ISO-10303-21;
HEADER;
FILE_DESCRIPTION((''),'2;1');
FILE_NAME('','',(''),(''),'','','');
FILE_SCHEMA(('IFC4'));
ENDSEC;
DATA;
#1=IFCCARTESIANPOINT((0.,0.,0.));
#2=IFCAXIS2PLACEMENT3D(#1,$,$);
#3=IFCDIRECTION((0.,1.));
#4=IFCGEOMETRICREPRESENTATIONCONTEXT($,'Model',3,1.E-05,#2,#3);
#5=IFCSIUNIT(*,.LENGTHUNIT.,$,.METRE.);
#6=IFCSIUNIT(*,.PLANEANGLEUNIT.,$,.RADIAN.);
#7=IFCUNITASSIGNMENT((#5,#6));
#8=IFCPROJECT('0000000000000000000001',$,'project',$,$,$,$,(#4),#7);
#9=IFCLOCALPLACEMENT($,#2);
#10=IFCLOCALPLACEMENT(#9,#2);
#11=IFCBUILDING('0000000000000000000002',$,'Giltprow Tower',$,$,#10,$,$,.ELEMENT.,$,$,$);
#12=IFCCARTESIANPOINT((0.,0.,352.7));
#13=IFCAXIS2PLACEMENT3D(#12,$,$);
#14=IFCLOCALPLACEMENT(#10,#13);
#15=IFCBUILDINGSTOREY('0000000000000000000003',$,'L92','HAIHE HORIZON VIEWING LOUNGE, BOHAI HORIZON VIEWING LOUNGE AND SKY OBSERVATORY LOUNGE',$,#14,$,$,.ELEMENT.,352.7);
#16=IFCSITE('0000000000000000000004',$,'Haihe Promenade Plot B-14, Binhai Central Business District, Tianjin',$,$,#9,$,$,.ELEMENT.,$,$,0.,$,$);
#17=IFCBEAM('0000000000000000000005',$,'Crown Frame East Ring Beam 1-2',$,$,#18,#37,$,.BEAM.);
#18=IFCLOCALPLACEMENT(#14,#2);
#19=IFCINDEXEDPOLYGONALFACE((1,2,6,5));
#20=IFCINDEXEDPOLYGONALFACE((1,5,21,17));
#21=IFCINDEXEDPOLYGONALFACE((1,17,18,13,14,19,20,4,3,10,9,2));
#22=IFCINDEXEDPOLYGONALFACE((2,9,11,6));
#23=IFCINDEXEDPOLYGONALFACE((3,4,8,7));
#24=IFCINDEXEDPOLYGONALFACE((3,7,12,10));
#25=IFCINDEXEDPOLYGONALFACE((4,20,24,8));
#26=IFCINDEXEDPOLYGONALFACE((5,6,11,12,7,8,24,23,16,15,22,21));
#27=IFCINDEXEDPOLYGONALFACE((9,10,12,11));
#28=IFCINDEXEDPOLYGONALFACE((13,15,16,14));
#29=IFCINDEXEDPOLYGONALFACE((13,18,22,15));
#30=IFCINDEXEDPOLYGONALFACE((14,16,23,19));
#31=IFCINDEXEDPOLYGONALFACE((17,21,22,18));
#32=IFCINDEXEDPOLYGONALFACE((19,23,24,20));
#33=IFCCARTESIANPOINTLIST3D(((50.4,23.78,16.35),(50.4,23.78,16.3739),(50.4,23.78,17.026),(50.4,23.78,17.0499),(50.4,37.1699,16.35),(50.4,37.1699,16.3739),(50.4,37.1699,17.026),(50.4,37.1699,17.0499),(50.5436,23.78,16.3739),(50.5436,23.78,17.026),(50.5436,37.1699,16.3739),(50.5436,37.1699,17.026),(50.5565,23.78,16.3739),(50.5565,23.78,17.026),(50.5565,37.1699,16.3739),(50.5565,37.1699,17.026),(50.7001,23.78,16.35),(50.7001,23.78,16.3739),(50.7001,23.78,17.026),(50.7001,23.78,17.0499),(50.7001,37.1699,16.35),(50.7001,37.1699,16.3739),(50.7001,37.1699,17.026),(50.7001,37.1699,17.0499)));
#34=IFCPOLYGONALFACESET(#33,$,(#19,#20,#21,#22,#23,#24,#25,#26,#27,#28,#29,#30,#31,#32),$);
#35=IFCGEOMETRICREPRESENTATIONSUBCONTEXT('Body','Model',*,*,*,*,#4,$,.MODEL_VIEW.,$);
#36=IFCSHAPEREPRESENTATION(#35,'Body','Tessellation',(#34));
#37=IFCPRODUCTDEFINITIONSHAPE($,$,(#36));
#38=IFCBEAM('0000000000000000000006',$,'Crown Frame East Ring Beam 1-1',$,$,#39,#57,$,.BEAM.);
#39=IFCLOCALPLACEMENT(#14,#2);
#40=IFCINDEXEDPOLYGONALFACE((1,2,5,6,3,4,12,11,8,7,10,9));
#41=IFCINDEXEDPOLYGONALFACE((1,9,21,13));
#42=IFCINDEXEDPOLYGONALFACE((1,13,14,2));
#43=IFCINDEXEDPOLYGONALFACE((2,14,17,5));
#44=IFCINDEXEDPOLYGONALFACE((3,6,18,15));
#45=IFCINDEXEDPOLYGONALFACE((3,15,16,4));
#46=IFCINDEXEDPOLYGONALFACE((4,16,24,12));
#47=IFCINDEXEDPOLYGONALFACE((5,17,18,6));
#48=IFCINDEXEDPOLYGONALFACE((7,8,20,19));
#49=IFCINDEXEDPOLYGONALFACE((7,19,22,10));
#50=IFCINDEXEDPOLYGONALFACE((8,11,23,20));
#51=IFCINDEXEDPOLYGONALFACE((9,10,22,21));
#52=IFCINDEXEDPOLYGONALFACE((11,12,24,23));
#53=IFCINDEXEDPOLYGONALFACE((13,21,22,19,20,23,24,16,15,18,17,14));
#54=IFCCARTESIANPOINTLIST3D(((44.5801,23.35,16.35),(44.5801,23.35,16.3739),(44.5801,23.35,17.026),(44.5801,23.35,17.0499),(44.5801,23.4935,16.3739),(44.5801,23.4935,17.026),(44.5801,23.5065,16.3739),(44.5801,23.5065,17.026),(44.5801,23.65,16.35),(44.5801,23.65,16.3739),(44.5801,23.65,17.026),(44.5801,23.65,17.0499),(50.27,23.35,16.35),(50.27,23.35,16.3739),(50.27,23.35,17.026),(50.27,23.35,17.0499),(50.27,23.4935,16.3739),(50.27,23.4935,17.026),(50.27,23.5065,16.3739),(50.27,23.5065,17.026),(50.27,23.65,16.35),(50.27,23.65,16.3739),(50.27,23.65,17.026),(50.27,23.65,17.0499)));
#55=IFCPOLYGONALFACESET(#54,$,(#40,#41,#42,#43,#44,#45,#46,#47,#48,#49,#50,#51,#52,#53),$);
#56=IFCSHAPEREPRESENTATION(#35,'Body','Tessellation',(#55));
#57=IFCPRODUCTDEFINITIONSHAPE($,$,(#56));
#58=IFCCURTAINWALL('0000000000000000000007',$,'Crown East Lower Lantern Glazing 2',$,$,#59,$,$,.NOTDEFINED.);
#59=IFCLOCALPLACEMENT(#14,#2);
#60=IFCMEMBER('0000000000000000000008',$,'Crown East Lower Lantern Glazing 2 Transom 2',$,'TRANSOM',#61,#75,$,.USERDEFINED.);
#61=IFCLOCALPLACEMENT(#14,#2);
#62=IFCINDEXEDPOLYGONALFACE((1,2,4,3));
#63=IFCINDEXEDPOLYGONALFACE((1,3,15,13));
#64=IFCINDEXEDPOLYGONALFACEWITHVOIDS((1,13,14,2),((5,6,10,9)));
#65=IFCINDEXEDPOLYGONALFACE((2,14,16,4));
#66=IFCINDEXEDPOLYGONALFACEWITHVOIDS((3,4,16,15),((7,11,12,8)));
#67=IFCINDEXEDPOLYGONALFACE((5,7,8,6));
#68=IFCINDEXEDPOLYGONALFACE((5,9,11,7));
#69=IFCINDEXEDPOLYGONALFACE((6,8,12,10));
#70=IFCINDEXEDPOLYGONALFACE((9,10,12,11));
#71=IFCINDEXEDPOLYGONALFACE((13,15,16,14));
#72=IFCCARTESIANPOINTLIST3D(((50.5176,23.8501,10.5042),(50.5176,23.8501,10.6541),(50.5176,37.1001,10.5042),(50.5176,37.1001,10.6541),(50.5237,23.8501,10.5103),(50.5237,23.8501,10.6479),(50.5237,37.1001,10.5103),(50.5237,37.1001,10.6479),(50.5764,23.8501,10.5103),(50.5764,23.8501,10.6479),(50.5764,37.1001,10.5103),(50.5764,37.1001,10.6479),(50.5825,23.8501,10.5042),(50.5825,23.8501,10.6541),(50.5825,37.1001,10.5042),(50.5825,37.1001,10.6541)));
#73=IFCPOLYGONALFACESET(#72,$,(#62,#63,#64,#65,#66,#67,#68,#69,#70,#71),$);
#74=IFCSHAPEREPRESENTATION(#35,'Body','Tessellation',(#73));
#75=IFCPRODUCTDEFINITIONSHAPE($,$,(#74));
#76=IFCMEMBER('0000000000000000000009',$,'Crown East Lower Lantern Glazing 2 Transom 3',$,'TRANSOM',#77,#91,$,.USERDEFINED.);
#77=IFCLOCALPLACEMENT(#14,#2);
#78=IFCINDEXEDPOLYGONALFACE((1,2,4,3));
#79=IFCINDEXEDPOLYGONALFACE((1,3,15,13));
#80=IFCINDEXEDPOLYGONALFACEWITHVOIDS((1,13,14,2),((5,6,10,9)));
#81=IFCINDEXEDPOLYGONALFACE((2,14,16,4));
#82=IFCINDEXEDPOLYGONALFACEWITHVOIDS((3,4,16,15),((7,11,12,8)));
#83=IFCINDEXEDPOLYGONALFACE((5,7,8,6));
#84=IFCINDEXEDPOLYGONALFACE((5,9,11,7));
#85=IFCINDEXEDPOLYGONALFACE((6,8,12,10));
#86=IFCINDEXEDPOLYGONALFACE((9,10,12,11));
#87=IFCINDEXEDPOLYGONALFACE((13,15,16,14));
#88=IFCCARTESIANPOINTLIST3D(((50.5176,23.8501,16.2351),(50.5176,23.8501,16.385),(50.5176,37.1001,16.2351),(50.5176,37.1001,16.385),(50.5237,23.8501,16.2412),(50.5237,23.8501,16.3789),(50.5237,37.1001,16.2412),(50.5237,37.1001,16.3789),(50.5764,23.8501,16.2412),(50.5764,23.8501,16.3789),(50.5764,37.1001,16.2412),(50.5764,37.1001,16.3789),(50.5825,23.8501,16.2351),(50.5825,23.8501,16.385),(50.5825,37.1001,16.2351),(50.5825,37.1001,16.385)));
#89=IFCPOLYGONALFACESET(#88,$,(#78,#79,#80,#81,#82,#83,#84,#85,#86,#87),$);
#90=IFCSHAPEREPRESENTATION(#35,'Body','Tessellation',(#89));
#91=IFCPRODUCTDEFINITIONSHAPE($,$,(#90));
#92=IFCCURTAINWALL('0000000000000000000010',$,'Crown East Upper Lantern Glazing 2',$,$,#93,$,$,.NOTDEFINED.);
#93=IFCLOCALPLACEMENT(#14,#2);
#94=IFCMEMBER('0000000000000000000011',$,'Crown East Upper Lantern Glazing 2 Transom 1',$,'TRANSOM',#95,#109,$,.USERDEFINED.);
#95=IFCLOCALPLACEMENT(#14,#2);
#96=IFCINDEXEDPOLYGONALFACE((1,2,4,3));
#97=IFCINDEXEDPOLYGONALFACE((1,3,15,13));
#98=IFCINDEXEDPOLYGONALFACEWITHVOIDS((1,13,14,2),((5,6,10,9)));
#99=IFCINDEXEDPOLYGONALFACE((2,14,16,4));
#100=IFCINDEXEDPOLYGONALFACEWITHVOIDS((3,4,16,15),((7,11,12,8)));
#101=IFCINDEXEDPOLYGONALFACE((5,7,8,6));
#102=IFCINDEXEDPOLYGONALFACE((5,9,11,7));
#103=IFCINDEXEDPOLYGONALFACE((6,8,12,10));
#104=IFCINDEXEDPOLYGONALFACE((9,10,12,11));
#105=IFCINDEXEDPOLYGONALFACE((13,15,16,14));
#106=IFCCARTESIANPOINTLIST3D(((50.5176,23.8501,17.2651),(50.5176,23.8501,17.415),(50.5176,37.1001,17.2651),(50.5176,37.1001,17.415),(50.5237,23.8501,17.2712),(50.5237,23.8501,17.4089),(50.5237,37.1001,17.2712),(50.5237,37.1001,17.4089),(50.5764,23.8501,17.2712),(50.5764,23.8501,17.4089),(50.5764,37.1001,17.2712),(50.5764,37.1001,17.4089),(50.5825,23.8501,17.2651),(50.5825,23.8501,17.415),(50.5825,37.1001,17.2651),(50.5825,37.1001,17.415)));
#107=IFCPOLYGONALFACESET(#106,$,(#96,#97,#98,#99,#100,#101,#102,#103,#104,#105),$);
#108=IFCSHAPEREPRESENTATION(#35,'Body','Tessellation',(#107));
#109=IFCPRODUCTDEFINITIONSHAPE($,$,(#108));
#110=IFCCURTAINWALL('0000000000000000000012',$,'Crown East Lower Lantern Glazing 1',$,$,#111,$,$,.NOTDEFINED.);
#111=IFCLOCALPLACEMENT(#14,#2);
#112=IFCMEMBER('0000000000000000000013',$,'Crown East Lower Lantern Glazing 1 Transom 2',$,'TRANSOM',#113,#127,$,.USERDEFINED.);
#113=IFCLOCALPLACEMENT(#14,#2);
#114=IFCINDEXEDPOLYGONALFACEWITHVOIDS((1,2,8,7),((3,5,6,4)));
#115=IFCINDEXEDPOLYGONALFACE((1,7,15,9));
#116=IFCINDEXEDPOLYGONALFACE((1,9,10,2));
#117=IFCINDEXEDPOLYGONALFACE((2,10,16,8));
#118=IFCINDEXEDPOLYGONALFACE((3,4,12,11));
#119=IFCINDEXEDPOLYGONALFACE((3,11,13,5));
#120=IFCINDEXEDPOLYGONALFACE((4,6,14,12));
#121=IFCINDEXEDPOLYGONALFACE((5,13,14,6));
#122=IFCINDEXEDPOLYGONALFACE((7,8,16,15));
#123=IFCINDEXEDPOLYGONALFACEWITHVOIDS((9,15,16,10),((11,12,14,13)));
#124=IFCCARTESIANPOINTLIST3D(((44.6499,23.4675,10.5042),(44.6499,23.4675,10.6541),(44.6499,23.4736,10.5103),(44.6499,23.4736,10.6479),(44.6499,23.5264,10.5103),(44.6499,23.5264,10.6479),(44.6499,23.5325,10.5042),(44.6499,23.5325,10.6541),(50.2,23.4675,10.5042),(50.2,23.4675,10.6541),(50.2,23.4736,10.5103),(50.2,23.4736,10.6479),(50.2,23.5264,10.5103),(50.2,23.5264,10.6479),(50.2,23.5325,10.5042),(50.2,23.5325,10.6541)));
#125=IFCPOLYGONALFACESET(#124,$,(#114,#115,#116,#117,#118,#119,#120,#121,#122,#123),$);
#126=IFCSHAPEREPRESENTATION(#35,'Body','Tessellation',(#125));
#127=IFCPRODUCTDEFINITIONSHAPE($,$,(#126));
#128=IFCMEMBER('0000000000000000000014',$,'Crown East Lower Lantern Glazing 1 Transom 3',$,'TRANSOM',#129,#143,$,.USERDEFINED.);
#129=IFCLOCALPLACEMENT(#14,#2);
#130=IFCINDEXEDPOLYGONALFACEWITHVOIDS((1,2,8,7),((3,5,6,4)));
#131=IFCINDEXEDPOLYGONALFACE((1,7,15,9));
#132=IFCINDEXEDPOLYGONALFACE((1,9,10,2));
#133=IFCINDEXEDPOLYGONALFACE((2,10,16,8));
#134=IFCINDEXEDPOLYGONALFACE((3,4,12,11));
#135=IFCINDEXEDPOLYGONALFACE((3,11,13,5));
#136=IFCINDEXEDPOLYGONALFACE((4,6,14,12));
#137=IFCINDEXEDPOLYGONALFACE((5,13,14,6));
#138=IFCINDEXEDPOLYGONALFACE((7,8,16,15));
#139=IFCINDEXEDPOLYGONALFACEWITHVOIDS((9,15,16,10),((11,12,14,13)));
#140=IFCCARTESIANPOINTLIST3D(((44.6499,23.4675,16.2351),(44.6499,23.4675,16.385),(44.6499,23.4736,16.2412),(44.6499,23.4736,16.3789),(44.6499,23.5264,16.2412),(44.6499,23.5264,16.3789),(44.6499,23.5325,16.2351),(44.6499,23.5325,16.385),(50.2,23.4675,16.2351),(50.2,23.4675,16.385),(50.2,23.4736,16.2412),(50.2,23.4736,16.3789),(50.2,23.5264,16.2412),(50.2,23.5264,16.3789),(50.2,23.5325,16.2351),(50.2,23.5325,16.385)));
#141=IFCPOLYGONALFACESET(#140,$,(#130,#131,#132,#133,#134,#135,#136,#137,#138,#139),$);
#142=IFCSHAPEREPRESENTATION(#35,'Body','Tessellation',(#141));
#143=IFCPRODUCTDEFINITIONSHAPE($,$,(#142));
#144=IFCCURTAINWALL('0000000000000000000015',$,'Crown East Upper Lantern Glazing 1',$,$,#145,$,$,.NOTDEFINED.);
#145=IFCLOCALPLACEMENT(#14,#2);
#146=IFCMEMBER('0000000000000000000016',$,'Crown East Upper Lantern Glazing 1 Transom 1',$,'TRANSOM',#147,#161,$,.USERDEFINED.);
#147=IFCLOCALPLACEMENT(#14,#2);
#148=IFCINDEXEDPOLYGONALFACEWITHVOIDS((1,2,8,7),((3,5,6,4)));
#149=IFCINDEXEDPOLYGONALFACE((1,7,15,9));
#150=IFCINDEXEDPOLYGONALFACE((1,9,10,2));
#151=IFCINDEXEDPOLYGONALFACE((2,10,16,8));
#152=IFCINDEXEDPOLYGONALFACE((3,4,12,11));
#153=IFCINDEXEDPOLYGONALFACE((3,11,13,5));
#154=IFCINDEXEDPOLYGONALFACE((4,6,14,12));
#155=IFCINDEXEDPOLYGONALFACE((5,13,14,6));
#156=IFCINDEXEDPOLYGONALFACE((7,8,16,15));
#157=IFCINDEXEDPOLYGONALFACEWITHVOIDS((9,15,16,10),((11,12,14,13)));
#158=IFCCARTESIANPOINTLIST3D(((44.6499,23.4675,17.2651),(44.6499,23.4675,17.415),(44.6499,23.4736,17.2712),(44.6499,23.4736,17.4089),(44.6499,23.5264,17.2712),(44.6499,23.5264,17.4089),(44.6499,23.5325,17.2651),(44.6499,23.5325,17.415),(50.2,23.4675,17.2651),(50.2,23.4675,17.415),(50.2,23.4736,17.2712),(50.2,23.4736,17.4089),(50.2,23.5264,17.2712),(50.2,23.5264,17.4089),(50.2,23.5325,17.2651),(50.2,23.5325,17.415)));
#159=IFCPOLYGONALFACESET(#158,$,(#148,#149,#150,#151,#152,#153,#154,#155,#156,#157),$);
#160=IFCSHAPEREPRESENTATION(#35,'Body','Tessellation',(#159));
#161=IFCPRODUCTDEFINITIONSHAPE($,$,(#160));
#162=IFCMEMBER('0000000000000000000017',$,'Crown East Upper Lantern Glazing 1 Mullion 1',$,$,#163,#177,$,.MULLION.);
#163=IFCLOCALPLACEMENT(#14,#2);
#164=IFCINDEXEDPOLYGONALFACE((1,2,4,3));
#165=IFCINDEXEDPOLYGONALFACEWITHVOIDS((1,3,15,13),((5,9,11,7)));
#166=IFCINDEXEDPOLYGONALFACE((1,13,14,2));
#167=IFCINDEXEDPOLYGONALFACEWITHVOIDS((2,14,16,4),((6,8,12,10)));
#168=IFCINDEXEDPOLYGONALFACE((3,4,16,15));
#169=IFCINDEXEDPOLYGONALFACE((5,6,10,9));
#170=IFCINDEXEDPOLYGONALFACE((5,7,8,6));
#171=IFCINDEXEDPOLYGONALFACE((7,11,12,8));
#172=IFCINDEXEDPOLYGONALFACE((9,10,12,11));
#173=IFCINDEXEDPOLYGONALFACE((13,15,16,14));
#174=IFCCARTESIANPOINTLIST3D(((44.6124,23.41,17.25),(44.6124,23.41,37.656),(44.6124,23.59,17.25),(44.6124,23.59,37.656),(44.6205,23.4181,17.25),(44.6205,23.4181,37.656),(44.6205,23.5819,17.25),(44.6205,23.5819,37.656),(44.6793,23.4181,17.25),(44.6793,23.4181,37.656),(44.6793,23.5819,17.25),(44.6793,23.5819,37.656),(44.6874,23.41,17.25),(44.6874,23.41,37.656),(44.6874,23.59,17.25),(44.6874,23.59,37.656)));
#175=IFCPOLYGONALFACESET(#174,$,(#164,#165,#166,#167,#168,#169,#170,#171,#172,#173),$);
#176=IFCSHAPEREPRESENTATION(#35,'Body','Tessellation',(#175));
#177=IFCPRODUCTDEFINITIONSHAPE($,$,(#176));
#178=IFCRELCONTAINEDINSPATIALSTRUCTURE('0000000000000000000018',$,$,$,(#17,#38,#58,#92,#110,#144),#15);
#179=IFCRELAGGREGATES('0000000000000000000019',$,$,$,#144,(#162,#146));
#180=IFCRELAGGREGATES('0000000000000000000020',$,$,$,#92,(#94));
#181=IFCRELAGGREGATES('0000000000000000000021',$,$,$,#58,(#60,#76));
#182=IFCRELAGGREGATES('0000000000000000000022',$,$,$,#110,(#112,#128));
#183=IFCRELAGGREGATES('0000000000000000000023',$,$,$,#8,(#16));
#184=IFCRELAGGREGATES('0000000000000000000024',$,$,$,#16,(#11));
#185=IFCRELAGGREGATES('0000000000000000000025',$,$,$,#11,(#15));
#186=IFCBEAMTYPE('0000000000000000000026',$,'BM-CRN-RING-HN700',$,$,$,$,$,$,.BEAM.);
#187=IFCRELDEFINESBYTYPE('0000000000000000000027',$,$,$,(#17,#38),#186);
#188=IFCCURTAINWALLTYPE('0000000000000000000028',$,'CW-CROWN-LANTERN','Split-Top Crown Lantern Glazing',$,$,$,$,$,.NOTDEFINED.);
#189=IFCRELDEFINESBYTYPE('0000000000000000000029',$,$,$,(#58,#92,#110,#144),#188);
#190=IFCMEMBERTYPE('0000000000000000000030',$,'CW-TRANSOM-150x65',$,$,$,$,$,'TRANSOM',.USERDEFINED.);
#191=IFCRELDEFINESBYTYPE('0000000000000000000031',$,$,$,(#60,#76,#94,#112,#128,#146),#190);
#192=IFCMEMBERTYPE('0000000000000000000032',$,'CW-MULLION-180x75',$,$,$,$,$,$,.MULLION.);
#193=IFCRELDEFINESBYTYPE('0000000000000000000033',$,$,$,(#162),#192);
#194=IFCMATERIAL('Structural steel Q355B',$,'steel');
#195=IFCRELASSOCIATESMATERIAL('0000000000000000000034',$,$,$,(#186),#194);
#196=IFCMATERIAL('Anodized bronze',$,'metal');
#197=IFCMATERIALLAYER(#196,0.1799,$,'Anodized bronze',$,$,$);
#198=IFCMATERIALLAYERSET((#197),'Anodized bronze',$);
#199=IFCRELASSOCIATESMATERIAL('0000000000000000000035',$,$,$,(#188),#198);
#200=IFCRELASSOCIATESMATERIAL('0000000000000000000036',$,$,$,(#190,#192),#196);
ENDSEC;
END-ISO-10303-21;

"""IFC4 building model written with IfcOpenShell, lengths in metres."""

from ifc_helpers import new_model, si_unit, direction, frame, origin, origin_2d, place, context, subcontext, project, spatial, hollow_rectangle, i_section, extrude, source, transform, mapped, material, layer, layer_set, material_profile, profile_set, type_object, element, aggregate, save


model = new_model("IFC4")

# Units and contexts
model_context = context("Model", 3, precision=1e-05, world=origin(), true_north=direction((0.0, 1.0)))
body_context = subcontext(model_context, "Body", "Model", "MODEL_VIEW")
ifc_project = project(units=[si_unit("LENGTHUNIT", "METRE"), si_unit("PLANEANGLEUNIT", "RADIAN")], contexts=[model_context])

# Site, building, storey
site_placement = place(None, origin())
site = spatial("IfcSite", under=ifc_project, at=site_placement, Name="Haihe Promenade Plot B-14, Binhai Central Business District, Tianjin", CompositionType="ELEMENT", RefElevation=0.0)
building_placement = place(site_placement, origin())
building = spatial("IfcBuilding", under=site, at=building_placement, Name="Giltprow Tower", CompositionType="ELEMENT")
storey_placement = place(building_placement, frame((0.0, 0.0, 352.7)))
storey = spatial("IfcBuildingStorey", under=building, at=storey_placement, Name="L92", Description="HAIHE HORIZON VIEWING LOUNGE, BOHAI HORIZON VIEWING LOUNGE AND SKY OBSERVATORY LOUNGE", CompositionType="ELEMENT", Elevation=352.7)

# Beams
ifc_material_1 = material(Name="Structural steel Q355B", Category="steel")
ifc_material_profile_1 = material_profile(ifc_material_1, i_section(OverallWidth=0.3, OverallDepth=0.7, WebThickness=0.0129, FlangeThickness=0.0239, at=origin_2d()), Name="HN 700x300x13x24")
ifc_profile_set_1 = profile_set([ifc_material_profile_1], Name="Structural steel Q355B")
beam_type = type_object("IfcBeamType", Name="BM-CRN-RING-HN700", PredefinedType="BEAM", material=ifc_profile_set_1)
shared_shape_1 = source(origin(), body_context, "Body", "SweptSolid", [
    extrude(i_section(OverallWidth=0.3, OverallDepth=0.7, WebThickness=0.0129, FlangeThickness=0.0239, at=origin_2d()), origin(), (0.0, 0.0, 1.0), 13.3899),
])
beam_1_placement = place(storey_placement, frame((50.55, 23.78, 16.7), z_axis=(0.0, 1.0, 0.0), x_axis=(-1.0, 0.0, 0.0)))
element("IfcBeam", 1, at=beam_1_placement, inside=storey, type_object=beam_type, Name="Crown Frame East Ring Beam 1-2", PredefinedType="BEAM", context=body_context, shape_type="MappedRepresentation", body=[
    mapped(shared_shape_1, transform((0.0, 0.0, 0.0), x_axis=(1.0, 0.0, 0.0), y_axis=(0.0, 1.0, 0.0), z_axis=(0.0, 0.0, 1.0), scale=1.0)),
])
shared_shape_2 = source(origin(), body_context, "Body", "SweptSolid", [
    extrude(i_section(OverallWidth=0.3, OverallDepth=0.7, WebThickness=0.0129, FlangeThickness=0.0239, at=origin_2d()), origin(), (0.0, 0.0, 1.0), 5.6899),
])
beam_2_placement = place(storey_placement, frame((44.5801, 23.5, 16.7), z_axis=(1.0, 0.0, 0.0), x_axis=(0.0, 1.0, 0.0)))
element("IfcBeam", 2, at=beam_2_placement, inside=storey, type_object=beam_type, Name="Crown Frame East Ring Beam 1-1", PredefinedType="BEAM", context=body_context, shape_type="MappedRepresentation", body=[
    mapped(shared_shape_2, transform((0.0, 0.0, 0.0), x_axis=(1.0, 0.0, 0.0), y_axis=(0.0, 1.0, 0.0), z_axis=(0.0, 0.0, 1.0), scale=1.0)),
])

# Curtain wall, members
ifc_material_2 = material(Name="Anodized bronze", Category="metal")
ifc_layer = layer(ifc_material_2, 0.1799, Name="Anodized bronze")
ifc_layer_set = layer_set([ifc_layer], Name="Anodized bronze")
curtain_wall_type = type_object("IfcCurtainWallType", Name="CW-CROWN-LANTERN", Description="Split-Top Crown Lantern Glazing", PredefinedType="NOTDEFINED", material=ifc_layer_set)
curtain_wall_1_placement = place(storey_placement, origin())
curtain_wall_1 = element("IfcCurtainWall", 3, at=curtain_wall_1_placement, inside=storey, type_object=curtain_wall_type, Name="Crown East Lower Lantern Glazing 2", PredefinedType="NOTDEFINED")
ifc_material_profile_2 = material_profile(ifc_material_2, hollow_rectangle(XDim=0.0649, YDim=0.1499, WallThickness=0.0061, at=origin_2d()), Name="RHS 150x65x6")
ifc_profile_set_2 = profile_set([ifc_material_profile_2], Name="Anodized bronze")
member_type_1 = type_object("IfcMemberType", Name="CW-TRANSOM-150x65", ElementType="TRANSOM", PredefinedType="USERDEFINED", material=ifc_profile_set_2)
shared_shape_3 = source(origin(), body_context, "Body", "SweptSolid", [
    extrude(hollow_rectangle(XDim=0.0649, YDim=0.1499, WallThickness=0.0061, at=origin_2d()), origin(), (0.0, 0.0, 1.0), 13.25),
])
member_1_placement = place(storey_placement, frame((50.55, 23.8501, 10.5791), z_axis=(0.0, 1.0, 0.0), x_axis=(-1.0, 0.0, 0.0)))
member_1 = element("IfcMember", 4, at=member_1_placement, type_object=member_type_1, Name="Crown East Lower Lantern Glazing 2 Transom 2", ObjectType="TRANSOM", PredefinedType="USERDEFINED", context=body_context, shape_type="MappedRepresentation", body=[
    mapped(shared_shape_3, transform((0.0, 0.0, 0.0), x_axis=(1.0, 0.0, 0.0), y_axis=(0.0, 1.0, 0.0), z_axis=(0.0, 0.0, 1.0), scale=1.0)),
])
member_2_placement = place(storey_placement, frame((50.55, 23.8501, 16.3101), z_axis=(0.0, 1.0, 0.0), x_axis=(-1.0, 0.0, 0.0)))
member_2 = element("IfcMember", 5, at=member_2_placement, type_object=member_type_1, Name="Crown East Lower Lantern Glazing 2 Transom 3", ObjectType="TRANSOM", PredefinedType="USERDEFINED", context=body_context, shape_type="MappedRepresentation", body=[
    mapped(shared_shape_3, transform((0.0, 0.0, 0.0), x_axis=(1.0, 0.0, 0.0), y_axis=(0.0, 1.0, 0.0), z_axis=(0.0, 0.0, 1.0), scale=1.0)),
])

# Curtain wall, member
curtain_wall_2_placement = place(storey_placement, origin())
curtain_wall_2 = element("IfcCurtainWall", 6, at=curtain_wall_2_placement, inside=storey, type_object=curtain_wall_type, Name="Crown East Upper Lantern Glazing 2", PredefinedType="NOTDEFINED")
member_3_placement = place(storey_placement, frame((50.55, 23.8501, 17.3401), z_axis=(0.0, 1.0, 0.0), x_axis=(-1.0, 0.0, 0.0)))
member_3 = element("IfcMember", 7, at=member_3_placement, type_object=member_type_1, Name="Crown East Upper Lantern Glazing 2 Transom 1", ObjectType="TRANSOM", PredefinedType="USERDEFINED", context=body_context, shape_type="MappedRepresentation", body=[
    mapped(shared_shape_3, transform((0.0, 0.0, 0.0), x_axis=(1.0, 0.0, 0.0), y_axis=(0.0, 1.0, 0.0), z_axis=(0.0, 0.0, 1.0), scale=1.0)),
])

# Curtain walls, members
curtain_wall_3_placement = place(storey_placement, origin())
curtain_wall_3 = element("IfcCurtainWall", 8, at=curtain_wall_3_placement, inside=storey, type_object=curtain_wall_type, Name="Crown East Lower Lantern Glazing 1", PredefinedType="NOTDEFINED")
shared_shape_4 = source(origin(), body_context, "Body", "SweptSolid", [
    extrude(hollow_rectangle(XDim=0.0649, YDim=0.1499, WallThickness=0.0061, at=origin_2d()), origin(), (0.0, 0.0, 1.0), 5.55),
])
member_4_placement = place(storey_placement, frame((44.6499, 23.5, 10.5791), z_axis=(1.0, 0.0, 0.0), x_axis=(0.0, 1.0, 0.0)))
member_4 = element("IfcMember", 9, at=member_4_placement, type_object=member_type_1, Name="Crown East Lower Lantern Glazing 1 Transom 2", ObjectType="TRANSOM", PredefinedType="USERDEFINED", context=body_context, shape_type="MappedRepresentation", body=[
    mapped(shared_shape_4, transform((0.0, 0.0, 0.0), x_axis=(1.0, 0.0, 0.0), y_axis=(0.0, 1.0, 0.0), z_axis=(0.0, 0.0, 1.0), scale=1.0)),
])
member_5_placement = place(storey_placement, frame((44.6499, 23.5, 16.3101), z_axis=(1.0, 0.0, 0.0), x_axis=(0.0, 1.0, 0.0)))
member_5 = element("IfcMember", 10, at=member_5_placement, type_object=member_type_1, Name="Crown East Lower Lantern Glazing 1 Transom 3", ObjectType="TRANSOM", PredefinedType="USERDEFINED", context=body_context, shape_type="MappedRepresentation", body=[
    mapped(shared_shape_4, transform((0.0, 0.0, 0.0), x_axis=(1.0, 0.0, 0.0), y_axis=(0.0, 1.0, 0.0), z_axis=(0.0, 0.0, 1.0), scale=1.0)),
])
curtain_wall_4_placement = place(storey_placement, origin())
curtain_wall_4 = element("IfcCurtainWall", 11, at=curtain_wall_4_placement, inside=storey, type_object=curtain_wall_type, Name="Crown East Upper Lantern Glazing 1", PredefinedType="NOTDEFINED")
member_6_placement = place(storey_placement, frame((44.6499, 23.5, 17.3401), z_axis=(1.0, 0.0, 0.0), x_axis=(0.0, 1.0, 0.0)))
member_6 = element("IfcMember", 12, at=member_6_placement, type_object=member_type_1, Name="Crown East Upper Lantern Glazing 1 Transom 1", ObjectType="TRANSOM", PredefinedType="USERDEFINED", context=body_context, shape_type="MappedRepresentation", body=[
    mapped(shared_shape_4, transform((0.0, 0.0, 0.0), x_axis=(1.0, 0.0, 0.0), y_axis=(0.0, 1.0, 0.0), z_axis=(0.0, 0.0, 1.0), scale=1.0)),
])
ifc_material_profile_3 = material_profile(ifc_material_2, hollow_rectangle(XDim=0.075, YDim=0.1799, WallThickness=0.0081, at=origin_2d()), Name="RHS 180x75x8")
ifc_profile_set_3 = profile_set([ifc_material_profile_3], Name="Anodized bronze")
member_type_2 = type_object("IfcMemberType", Name="CW-MULLION-180x75", PredefinedType="MULLION", material=ifc_profile_set_3)
shared_shape_5 = source(origin(), body_context, "Body", "SweptSolid", [
    extrude(hollow_rectangle(XDim=0.075, YDim=0.1799, WallThickness=0.0081, at=origin_2d()), origin(), (0.0, 0.0, 1.0), 20.406),
])
member_7_placement = place(storey_placement, frame((44.6499, 23.5, 17.25), z_axis=(0.0, 0.0, 1.0), x_axis=(1.0, 0.0, 0.0)))
member_7 = element("IfcMember", 13, at=member_7_placement, type_object=member_type_2, Name="Crown East Upper Lantern Glazing 1 Mullion 1", PredefinedType="MULLION", context=body_context, shape_type="MappedRepresentation", body=[
    mapped(shared_shape_5, transform((0.0, 0.0, 0.0), x_axis=(1.0, 0.0, 0.0), y_axis=(0.0, 1.0, 0.0), z_axis=(0.0, 0.0, 1.0), scale=1.0)),
])
aggregate(curtain_wall_4, [member_7, member_6])

aggregate(curtain_wall_2, [member_3])

aggregate(curtain_wall_1, [member_1, member_2])

aggregate(curtain_wall_3, [member_4, member_5])

save(model, "model.ifc")
